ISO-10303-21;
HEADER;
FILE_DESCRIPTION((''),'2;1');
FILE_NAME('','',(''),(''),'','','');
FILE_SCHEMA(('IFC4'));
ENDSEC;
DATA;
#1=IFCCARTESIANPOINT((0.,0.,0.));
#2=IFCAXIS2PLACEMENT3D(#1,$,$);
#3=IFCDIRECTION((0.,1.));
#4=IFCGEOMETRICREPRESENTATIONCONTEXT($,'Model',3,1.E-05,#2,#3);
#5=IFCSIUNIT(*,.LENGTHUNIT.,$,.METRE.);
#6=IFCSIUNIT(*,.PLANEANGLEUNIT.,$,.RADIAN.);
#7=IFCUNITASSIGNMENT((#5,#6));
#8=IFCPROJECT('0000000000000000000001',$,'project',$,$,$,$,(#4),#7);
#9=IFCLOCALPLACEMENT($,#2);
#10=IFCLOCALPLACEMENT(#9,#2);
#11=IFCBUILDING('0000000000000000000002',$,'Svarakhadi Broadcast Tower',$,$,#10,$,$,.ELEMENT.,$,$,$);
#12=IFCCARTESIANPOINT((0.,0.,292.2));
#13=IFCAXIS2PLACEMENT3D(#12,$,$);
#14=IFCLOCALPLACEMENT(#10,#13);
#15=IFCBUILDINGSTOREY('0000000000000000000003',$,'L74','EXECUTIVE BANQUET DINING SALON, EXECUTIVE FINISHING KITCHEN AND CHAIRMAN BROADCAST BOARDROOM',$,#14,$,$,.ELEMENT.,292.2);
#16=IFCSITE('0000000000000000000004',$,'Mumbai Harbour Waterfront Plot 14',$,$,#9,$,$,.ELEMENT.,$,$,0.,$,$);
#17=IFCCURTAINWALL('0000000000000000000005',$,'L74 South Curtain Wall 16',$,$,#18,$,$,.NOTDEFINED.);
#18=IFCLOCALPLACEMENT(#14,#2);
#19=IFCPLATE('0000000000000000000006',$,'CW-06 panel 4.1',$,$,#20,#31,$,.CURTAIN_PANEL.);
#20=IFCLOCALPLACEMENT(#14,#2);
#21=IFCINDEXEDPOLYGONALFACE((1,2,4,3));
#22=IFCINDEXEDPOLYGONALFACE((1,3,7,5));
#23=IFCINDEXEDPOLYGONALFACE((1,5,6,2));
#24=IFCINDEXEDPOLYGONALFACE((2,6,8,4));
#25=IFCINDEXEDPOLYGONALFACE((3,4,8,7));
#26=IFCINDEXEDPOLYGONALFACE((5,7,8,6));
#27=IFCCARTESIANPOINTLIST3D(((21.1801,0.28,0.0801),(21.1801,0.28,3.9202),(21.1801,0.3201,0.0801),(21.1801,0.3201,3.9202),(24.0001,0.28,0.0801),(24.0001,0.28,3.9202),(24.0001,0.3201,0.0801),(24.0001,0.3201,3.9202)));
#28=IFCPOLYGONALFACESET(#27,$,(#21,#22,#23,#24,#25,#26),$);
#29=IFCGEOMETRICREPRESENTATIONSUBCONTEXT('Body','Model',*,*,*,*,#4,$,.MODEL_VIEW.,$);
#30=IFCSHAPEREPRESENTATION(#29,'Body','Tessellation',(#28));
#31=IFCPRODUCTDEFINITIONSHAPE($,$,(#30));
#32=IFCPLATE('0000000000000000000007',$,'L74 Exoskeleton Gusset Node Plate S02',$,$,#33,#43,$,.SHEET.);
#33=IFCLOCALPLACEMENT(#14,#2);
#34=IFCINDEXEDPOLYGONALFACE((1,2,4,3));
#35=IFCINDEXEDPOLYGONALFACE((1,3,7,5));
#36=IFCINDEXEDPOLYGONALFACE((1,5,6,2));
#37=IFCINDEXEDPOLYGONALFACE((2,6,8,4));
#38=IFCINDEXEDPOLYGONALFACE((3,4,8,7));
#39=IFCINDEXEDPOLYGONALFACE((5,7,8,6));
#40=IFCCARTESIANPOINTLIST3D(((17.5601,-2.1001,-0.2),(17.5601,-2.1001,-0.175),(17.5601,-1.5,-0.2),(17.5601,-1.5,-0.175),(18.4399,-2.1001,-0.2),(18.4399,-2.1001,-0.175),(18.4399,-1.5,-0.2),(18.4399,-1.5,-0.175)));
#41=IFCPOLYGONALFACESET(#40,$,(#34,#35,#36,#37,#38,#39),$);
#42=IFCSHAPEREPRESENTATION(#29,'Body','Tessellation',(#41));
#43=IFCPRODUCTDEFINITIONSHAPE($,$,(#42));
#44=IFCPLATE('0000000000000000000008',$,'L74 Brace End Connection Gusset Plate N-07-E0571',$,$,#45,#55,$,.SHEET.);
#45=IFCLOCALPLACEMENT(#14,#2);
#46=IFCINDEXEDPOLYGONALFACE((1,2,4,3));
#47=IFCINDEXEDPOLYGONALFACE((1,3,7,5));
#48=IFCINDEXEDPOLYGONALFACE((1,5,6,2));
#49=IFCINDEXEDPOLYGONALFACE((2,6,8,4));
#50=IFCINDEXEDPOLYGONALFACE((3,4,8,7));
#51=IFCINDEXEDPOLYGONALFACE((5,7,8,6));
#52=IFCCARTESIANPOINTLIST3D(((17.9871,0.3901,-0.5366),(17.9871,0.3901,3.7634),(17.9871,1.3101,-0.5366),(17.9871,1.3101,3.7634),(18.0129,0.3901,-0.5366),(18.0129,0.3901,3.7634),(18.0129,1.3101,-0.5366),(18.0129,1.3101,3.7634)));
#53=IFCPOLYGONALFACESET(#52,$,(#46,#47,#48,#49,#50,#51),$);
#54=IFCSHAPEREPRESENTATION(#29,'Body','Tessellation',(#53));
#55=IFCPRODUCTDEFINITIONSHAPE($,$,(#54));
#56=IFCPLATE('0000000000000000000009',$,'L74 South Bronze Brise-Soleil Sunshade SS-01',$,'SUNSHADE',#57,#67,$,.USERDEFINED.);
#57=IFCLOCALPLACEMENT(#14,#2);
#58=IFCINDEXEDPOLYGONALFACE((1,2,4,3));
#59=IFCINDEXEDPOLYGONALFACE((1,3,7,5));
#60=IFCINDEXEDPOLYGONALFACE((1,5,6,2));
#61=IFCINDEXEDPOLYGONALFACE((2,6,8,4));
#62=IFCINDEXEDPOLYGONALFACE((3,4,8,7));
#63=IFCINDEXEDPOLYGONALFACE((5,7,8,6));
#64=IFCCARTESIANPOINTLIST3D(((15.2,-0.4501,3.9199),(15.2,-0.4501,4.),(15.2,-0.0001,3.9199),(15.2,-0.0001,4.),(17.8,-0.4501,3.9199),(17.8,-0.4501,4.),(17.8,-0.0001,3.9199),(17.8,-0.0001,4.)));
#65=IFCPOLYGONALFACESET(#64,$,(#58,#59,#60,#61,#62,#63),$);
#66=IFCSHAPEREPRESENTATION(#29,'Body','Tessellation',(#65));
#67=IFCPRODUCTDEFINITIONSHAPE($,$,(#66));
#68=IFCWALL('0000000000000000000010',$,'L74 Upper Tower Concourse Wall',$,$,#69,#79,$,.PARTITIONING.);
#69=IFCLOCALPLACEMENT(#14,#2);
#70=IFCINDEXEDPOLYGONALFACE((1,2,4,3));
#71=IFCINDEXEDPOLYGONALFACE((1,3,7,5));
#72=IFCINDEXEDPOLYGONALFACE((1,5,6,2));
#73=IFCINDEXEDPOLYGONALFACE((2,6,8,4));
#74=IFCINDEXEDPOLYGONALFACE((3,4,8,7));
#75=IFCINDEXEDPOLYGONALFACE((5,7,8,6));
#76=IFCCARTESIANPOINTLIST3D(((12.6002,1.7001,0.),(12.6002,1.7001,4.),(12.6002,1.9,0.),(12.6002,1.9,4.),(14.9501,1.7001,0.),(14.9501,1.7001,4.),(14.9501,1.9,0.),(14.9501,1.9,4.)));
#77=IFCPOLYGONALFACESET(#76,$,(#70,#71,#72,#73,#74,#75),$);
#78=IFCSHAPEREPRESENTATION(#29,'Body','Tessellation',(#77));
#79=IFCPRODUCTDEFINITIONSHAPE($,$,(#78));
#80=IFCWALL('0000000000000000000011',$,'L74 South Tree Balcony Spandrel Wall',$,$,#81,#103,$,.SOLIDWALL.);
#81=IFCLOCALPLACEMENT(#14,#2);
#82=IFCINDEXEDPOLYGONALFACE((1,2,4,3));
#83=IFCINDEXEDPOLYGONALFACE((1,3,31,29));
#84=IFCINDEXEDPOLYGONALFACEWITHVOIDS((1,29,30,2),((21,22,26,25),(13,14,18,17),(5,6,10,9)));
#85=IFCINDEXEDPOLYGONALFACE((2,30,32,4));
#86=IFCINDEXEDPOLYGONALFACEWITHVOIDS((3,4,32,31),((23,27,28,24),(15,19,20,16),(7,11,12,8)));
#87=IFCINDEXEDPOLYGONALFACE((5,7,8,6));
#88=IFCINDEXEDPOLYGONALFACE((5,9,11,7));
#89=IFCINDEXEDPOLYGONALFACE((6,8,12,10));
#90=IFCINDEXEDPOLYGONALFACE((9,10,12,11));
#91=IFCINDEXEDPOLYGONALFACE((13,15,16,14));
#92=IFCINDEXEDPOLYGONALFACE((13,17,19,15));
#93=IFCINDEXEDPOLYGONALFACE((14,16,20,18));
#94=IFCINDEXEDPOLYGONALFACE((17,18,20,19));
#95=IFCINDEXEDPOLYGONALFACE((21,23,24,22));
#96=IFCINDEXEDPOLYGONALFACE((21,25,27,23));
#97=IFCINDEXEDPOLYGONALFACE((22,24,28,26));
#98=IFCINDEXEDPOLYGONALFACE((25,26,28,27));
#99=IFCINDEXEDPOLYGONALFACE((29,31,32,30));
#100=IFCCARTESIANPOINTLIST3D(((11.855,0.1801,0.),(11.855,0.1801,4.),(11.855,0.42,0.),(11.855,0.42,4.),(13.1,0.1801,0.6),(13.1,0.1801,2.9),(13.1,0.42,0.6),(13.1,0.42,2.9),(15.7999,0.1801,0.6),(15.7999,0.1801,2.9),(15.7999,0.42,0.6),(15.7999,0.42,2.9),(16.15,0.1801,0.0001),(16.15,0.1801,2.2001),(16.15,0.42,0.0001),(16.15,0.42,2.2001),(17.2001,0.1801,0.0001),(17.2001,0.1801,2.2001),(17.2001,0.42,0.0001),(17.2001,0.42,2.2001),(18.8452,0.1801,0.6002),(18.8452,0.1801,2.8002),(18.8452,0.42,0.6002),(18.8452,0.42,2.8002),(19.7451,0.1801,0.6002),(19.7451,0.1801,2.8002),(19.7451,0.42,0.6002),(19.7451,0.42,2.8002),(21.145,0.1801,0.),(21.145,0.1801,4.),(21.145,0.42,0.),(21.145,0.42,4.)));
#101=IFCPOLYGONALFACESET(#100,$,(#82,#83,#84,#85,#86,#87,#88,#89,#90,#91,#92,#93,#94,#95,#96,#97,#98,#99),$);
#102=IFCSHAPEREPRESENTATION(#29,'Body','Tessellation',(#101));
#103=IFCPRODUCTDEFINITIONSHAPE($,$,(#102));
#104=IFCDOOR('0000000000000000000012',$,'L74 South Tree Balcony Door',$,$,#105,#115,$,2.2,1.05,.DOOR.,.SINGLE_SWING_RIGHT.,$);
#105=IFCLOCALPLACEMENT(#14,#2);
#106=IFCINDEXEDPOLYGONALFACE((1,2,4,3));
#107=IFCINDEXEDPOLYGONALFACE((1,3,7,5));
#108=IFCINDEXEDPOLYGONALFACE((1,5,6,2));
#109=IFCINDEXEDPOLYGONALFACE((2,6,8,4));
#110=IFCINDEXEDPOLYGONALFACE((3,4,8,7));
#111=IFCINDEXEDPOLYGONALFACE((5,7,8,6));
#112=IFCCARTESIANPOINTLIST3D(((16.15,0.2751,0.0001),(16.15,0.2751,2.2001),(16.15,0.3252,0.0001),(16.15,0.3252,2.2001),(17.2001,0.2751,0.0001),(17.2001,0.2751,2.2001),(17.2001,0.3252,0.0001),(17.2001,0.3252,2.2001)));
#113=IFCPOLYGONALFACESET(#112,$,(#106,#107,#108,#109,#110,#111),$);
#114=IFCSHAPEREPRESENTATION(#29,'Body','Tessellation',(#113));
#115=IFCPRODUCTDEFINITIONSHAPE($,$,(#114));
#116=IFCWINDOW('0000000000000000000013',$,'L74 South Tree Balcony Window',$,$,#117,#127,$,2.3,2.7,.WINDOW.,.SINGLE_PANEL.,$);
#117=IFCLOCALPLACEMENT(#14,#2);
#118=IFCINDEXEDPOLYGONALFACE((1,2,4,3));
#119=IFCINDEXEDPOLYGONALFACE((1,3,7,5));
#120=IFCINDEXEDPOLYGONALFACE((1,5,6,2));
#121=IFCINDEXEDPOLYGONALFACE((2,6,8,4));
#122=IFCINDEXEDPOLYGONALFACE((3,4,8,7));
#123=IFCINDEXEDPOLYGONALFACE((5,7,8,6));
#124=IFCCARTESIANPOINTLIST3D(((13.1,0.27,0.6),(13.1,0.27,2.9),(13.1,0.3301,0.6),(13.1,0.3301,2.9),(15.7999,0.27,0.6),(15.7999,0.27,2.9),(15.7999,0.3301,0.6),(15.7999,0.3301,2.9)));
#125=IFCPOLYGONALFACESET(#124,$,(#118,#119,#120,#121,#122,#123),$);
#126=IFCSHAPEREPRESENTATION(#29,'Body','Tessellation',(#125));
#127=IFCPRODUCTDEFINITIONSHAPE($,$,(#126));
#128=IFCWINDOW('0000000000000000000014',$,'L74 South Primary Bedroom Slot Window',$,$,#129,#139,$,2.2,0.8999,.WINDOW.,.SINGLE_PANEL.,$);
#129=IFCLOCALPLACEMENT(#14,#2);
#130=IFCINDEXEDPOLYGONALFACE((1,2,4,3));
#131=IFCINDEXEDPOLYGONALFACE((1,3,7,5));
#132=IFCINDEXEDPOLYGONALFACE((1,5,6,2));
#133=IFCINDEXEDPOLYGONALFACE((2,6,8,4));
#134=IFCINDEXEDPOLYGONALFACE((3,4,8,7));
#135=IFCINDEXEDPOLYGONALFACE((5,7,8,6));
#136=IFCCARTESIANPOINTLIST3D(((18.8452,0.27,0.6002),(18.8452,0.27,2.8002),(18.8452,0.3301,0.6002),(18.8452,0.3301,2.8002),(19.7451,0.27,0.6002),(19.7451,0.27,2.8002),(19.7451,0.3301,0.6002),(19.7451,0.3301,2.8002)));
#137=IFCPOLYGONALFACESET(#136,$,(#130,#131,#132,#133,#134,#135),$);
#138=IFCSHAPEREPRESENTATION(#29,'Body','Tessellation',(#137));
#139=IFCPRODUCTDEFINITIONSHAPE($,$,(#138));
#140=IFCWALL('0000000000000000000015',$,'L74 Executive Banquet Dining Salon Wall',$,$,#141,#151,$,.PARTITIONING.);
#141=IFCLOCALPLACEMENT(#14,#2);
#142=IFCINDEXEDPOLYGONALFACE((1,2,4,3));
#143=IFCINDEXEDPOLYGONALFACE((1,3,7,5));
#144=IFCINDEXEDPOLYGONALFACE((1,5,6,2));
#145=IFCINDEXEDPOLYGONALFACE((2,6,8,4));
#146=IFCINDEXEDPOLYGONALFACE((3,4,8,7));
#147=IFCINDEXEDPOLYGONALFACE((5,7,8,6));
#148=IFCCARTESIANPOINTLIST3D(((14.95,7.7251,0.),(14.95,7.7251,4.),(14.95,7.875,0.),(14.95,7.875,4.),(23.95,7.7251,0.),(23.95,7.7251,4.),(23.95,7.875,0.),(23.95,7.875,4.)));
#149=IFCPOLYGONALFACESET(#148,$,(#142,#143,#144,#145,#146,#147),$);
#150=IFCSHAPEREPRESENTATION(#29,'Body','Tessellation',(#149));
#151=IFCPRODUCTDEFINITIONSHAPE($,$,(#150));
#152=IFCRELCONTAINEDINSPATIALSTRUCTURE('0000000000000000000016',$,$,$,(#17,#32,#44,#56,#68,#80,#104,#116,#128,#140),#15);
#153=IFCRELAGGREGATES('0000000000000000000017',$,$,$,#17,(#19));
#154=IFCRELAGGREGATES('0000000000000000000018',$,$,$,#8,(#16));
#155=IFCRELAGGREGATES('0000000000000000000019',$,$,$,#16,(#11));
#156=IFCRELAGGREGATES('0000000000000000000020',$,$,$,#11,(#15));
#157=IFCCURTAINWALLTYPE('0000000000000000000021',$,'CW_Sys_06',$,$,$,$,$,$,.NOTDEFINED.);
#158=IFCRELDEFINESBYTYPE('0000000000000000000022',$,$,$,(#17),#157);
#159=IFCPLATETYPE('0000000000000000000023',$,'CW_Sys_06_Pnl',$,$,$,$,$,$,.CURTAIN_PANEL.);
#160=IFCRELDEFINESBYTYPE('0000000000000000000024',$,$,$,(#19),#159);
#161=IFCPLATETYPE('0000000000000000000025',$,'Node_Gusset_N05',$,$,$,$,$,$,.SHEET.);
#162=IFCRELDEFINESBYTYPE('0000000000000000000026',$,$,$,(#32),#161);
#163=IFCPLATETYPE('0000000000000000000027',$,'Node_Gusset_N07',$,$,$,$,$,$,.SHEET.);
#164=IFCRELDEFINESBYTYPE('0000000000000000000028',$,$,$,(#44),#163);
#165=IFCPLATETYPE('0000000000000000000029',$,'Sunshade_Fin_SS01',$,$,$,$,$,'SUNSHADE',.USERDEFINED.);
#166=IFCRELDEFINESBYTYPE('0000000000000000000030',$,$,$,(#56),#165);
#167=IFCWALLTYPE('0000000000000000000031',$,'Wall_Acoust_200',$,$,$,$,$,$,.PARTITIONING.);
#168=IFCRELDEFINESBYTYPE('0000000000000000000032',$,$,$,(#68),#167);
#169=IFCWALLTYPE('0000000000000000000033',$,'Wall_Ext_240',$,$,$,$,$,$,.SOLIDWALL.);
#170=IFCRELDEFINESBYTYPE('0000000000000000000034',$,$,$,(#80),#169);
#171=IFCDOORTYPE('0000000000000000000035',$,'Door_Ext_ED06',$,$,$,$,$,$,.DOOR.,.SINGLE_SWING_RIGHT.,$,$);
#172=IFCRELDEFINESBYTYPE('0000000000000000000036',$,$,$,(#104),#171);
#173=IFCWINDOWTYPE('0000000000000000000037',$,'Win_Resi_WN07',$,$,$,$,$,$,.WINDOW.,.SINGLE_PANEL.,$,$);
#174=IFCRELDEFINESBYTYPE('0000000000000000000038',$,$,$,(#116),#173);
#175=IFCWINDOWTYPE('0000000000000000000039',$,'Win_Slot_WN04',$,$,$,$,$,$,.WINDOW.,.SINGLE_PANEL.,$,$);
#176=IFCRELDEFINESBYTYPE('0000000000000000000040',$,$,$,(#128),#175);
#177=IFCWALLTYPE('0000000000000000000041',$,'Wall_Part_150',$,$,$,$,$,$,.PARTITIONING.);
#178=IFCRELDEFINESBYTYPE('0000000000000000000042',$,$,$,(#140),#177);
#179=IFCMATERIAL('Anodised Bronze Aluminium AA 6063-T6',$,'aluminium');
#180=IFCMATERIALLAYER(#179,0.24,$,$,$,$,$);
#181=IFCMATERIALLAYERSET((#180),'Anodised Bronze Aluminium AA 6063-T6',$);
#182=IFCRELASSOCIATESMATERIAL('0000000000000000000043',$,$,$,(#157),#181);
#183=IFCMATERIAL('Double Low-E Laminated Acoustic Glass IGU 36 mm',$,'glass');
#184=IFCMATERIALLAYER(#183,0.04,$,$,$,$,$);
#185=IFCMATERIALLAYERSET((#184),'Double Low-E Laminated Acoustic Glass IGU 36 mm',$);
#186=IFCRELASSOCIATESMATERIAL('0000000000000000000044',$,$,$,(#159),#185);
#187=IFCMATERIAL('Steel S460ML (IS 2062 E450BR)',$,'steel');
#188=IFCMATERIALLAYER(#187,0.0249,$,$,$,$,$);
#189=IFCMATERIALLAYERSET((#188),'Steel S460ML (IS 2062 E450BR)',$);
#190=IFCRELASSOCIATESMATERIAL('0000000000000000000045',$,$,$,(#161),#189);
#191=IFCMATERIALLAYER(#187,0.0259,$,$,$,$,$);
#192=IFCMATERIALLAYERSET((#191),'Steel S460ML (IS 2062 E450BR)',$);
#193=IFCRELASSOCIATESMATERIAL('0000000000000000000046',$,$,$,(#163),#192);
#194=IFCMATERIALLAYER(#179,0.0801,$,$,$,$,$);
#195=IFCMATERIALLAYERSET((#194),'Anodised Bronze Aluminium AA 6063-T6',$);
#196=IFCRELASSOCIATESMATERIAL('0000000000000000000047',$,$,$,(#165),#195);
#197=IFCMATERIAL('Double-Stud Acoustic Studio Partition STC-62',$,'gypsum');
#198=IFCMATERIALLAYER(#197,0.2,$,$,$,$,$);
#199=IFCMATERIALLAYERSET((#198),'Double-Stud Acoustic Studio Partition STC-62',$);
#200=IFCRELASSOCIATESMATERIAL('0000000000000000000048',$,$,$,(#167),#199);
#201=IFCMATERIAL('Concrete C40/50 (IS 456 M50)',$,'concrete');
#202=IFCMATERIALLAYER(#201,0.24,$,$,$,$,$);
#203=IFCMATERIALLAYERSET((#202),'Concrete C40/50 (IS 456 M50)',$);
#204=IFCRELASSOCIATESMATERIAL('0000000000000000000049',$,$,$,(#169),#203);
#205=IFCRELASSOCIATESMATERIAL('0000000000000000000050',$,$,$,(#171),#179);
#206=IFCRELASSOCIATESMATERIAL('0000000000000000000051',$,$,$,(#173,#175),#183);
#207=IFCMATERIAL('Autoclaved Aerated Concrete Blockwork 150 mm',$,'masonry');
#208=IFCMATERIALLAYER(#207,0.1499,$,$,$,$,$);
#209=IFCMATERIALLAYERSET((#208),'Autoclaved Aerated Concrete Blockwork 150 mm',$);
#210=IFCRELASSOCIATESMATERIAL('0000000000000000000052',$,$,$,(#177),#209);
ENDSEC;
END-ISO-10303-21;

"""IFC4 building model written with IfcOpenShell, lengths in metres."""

from ifc_helpers import new_model, si_unit, direction, frame, frame_2d, origin, origin_2d, place, context, subcontext, project, spatial, rectangle, extrude, material, layer, layer_set, type_object, element, fill, aggregate, save


model = new_model("IFC4")

# Units and contexts
model_context = context("Model", 3, precision=1e-05, world=origin(), true_north=direction((0.0, 1.0)))
body_context = subcontext(model_context, "Body", "Model", "MODEL_VIEW")
ifc_project = project(units=[si_unit("LENGTHUNIT", "METRE"), si_unit("PLANEANGLEUNIT", "RADIAN")], contexts=[model_context])

# Site, building, storey
site_placement = place(None, origin())
site = spatial("IfcSite", under=ifc_project, at=site_placement, Name="Mumbai Harbour Waterfront Plot 14", CompositionType="ELEMENT", RefElevation=0.0)
building_placement = place(site_placement, origin())
building = spatial("IfcBuilding", under=site, at=building_placement, Name="Svarakhadi Broadcast Tower", CompositionType="ELEMENT")
storey_placement = place(building_placement, frame((0.0, 0.0, 292.2)))
storey = spatial("IfcBuildingStorey", under=building, at=storey_placement, Name="L74", Description="EXECUTIVE BANQUET DINING SALON, EXECUTIVE FINISHING KITCHEN AND CHAIRMAN BROADCAST BOARDROOM", CompositionType="ELEMENT", Elevation=292.2)

# Shared definitions
ifc_material_1 = material(Name="Steel S460ML (IS 2062 E450BR)", Category="steel")

# Curtain wall
ifc_material_2 = material(Name="Anodised Bronze Aluminium AA 6063-T6", Category="aluminium")
ifc_layer_1 = layer(ifc_material_2, 0.24)
ifc_layer_set_1 = layer_set([ifc_layer_1], Name="Anodised Bronze Aluminium AA 6063-T6")
curtain_wall_type = type_object("IfcCurtainWallType", Name="CW_Sys_06", PredefinedType="NOTDEFINED", material=ifc_layer_set_1)
curtain_wall_placement = place(storey_placement, origin())
curtain_wall = element("IfcCurtainWall", 1, at=curtain_wall_placement, inside=storey, type_object=curtain_wall_type, Name="L74 South Curtain Wall 16", PredefinedType="NOTDEFINED")

# Plate
ifc_material_3 = material(Name="Double Low-E Laminated Acoustic Glass IGU 36 mm", Category="glass")
ifc_layer_2 = layer(ifc_material_3, 0.04)
ifc_layer_set_2 = layer_set([ifc_layer_2], Name="Double Low-E Laminated Acoustic Glass IGU 36 mm")
plate_type_1 = type_object("IfcPlateType", Name="CW_Sys_06_Pnl", PredefinedType="CURTAIN_PANEL", material=ifc_layer_set_2)
plate_1_placement = place(storey_placement, frame((22.5901, 0.3, 0.0801), z_axis=(0.0, 0.0, 1.0), x_axis=(-1.0, 0.0, 0.0)))
plate_1 = element("IfcPlate", 2, at=plate_1_placement, type_object=plate_type_1, Name="CW-06 panel 4.1", PredefinedType="CURTAIN_PANEL", context=body_context, shape_type="SweptSolid", body=[
    extrude(rectangle(XDim=2.8201, YDim=0.04, at=origin_2d()), origin(), (0.0, 0.0, 1.0), 3.8401),
])
aggregate(curtain_wall, [plate_1])

# Plates
ifc_layer_3 = layer(ifc_material_1, 0.0249)
ifc_layer_set_3 = layer_set([ifc_layer_3], Name="Steel S460ML (IS 2062 E450BR)")
plate_type_2 = type_object("IfcPlateType", Name="Node_Gusset_N05", PredefinedType="SHEET", material=ifc_layer_set_3)
plate_2_placement = place(storey_placement, frame((18.0, -1.8, -0.2), z_axis=(0.0, 0.0, 1.0), x_axis=(1.0, 0.0, 0.0)))
element("IfcPlate", 3, at=plate_2_placement, inside=storey, type_object=plate_type_2, Name="L74 Exoskeleton Gusset Node Plate S02", PredefinedType="SHEET", context=body_context, shape_type="SweptSolid", body=[
    extrude(rectangle(XDim=0.8799, YDim=0.6001, at=origin_2d()), origin(), (0.0, 0.0, 1.0), 0.0249),
])
ifc_layer_4 = layer(ifc_material_1, 0.0259)
ifc_layer_set_4 = layer_set([ifc_layer_4], Name="Steel S460ML (IS 2062 E450BR)")
plate_type_3 = type_object("IfcPlateType", Name="Node_Gusset_N07", PredefinedType="SHEET", material=ifc_layer_set_4)
plate_3_placement = place(storey_placement, frame((18.0, 0.8501, -0.5366), z_axis=(0.0, 0.0, 1.0), x_axis=(0.0, 1.0, 0.0)))
element("IfcPlate", 4, at=plate_3_placement, inside=storey, type_object=plate_type_3, Name="L74 Brace End Connection Gusset Plate N-07-E0571", PredefinedType="SHEET", context=body_context, shape_type="SweptSolid", body=[
    extrude(rectangle(XDim=0.9199, YDim=0.0259, at=origin_2d()), origin(), (0.0, 0.0, 1.0), 4.3),
])
ifc_layer_5 = layer(ifc_material_2, 0.0801)
ifc_layer_set_5 = layer_set([ifc_layer_5], Name="Anodised Bronze Aluminium AA 6063-T6")
plate_type_4 = type_object("IfcPlateType", Name="Sunshade_Fin_SS01", ElementType="SUNSHADE", PredefinedType="USERDEFINED", material=ifc_layer_set_5)
plate_4_placement = place(storey_placement, frame((16.5, -0.2251, 3.9199), z_axis=(0.0, 0.0, 1.0), x_axis=(1.0, 0.0, 0.0)))
element("IfcPlate", 5, at=plate_4_placement, inside=storey, type_object=plate_type_4, Name="L74 South Bronze Brise-Soleil Sunshade SS-01", ObjectType="SUNSHADE", PredefinedType="USERDEFINED", context=body_context, shape_type="SweptSolid", body=[
    extrude(rectangle(XDim=2.6001, YDim=0.45, at=origin_2d()), origin(), (0.0, 0.0, 1.0), 0.0801),
])

# Wall
ifc_material_4 = material(Name="Double-Stud Acoustic Studio Partition STC-62", Category="gypsum")
ifc_layer_6 = layer(ifc_material_4, 0.2)
ifc_layer_set_6 = layer_set([ifc_layer_6], Name="Double-Stud Acoustic Studio Partition STC-62")
wall_type_1 = type_object("IfcWallType", Name="Wall_Acoust_200", PredefinedType="PARTITIONING", material=ifc_layer_set_6)
wall_1_placement = place(storey_placement, frame((14.95, 1.8, 0.0), z_axis=(0.0, 0.0, 1.0), x_axis=(-1.0, 0.0, 0.0)))
element("IfcWall", 6, at=wall_1_placement, inside=storey, type_object=wall_type_1, Name="L74 Upper Tower Concourse Wall", PredefinedType="PARTITIONING", context=body_context, shape_type="SweptSolid", body=[
    extrude(rectangle(XDim=2.3499, YDim=0.2, at=frame_2d((1.1748, 0.0))), origin(), (0.0, 0.0, 1.0), 4.0),
])

# Wall, openings, door, windows
ifc_material_5 = material(Name="Concrete C40/50 (IS 456 M50)", Category="concrete")
ifc_layer_7 = layer(ifc_material_5, 0.24)
ifc_layer_set_7 = layer_set([ifc_layer_7], Name="Concrete C40/50 (IS 456 M50)")
wall_type_2 = type_object("IfcWallType", Name="Wall_Ext_240", PredefinedType="SOLIDWALL", material=ifc_layer_set_7)
wall_2_placement = place(storey_placement, frame((21.145, 0.3, 0.0), z_axis=(0.0, 0.0, 1.0), x_axis=(-1.0, 0.0, 0.0)))
wall_2 = element("IfcWall", 7, at=wall_2_placement, inside=storey, type_object=wall_type_2, Name="L74 South Tree Balcony Spandrel Wall", PredefinedType="SOLIDWALL", context=body_context, shape_type="SweptSolid", body=[
    extrude(rectangle(XDim=9.29, YDim=0.24, at=frame_2d((4.645, 0.0))), origin(), (0.0, 0.0, 1.0), 4.0),
])
opening_1_placement = place(wall_2_placement, frame((3.9451, 0.0, 0.0)))
opening_1 = element("IfcOpeningElement", 8, at=opening_1_placement, cuts=wall_2, PredefinedType="OPENING", context=body_context, shape_type="SweptSolid", body=[
    extrude(rectangle(XDim=1.05, YDim=2.2, at=frame_2d((0.5249, 1.1001))), frame((0.0, 0.1299, 0.0), z_axis=(0.0, -1.0, 0.0), x_axis=(1.0, 0.0, 0.0)), (0.0, 0.0, 1.0), 0.26),
])
opening_2_placement = place(wall_2_placement, frame((5.345, 0.0, 0.6001)))
opening_2 = element("IfcOpeningElement", 9, at=opening_2_placement, cuts=wall_2, PredefinedType="OPENING", context=body_context, shape_type="SweptSolid", body=[
    extrude(rectangle(XDim=2.7, YDim=2.3, at=frame_2d((1.3501, 1.1499))), frame((0.0, 0.1299, 0.0), z_axis=(0.0, -1.0, 0.0), x_axis=(1.0, 0.0, 0.0)), (0.0, 0.0, 1.0), 0.26),
])
opening_3_placement = place(wall_2_placement, frame((1.3999, 0.0, 0.6001)))
opening_3 = element("IfcOpeningElement", 10, at=opening_3_placement, cuts=wall_2, PredefinedType="OPENING", context=body_context, shape_type="SweptSolid", body=[
    extrude(rectangle(XDim=0.8999, YDim=2.2, at=frame_2d((0.45, 1.1001))), frame((0.0, 0.1299, 0.0), z_axis=(0.0, -1.0, 0.0), x_axis=(1.0, 0.0, 0.0)), (0.0, 0.0, 1.0), 0.26),
])
door_type = type_object("IfcDoorType", Name="Door_Ext_ED06", OperationType="SINGLE_SWING_RIGHT", PredefinedType="DOOR", material=ifc_material_2)
door_placement = place(opening_1_placement, origin())
door = element("IfcDoor", 11, at=door_placement, inside=storey, type_object=door_type, Name="L74 South Tree Balcony Door", OperationType="SINGLE_SWING_RIGHT", OverallHeight=2.2, OverallWidth=1.05, PredefinedType="DOOR", context=body_context, shape_type="SweptSolid", body=[
    extrude(rectangle(XDim=1.05, YDim=2.2, at=frame_2d((0.5249, 1.1001))), frame((0.0, 0.0249, 0.0), z_axis=(0.0, -1.0, 0.0), x_axis=(1.0, 0.0, 0.0)), (0.0, 0.0, 1.0), 0.05),
])
fill(opening_1, door)
window_type_1 = type_object("IfcWindowType", Name="Win_Resi_WN07", PartitioningType="SINGLE_PANEL", PredefinedType="WINDOW", material=ifc_material_3)
window_1_placement = place(opening_2_placement, origin())
window_1 = element("IfcWindow", 12, at=window_1_placement, inside=storey, type_object=window_type_1, Name="L74 South Tree Balcony Window", OverallHeight=2.3, OverallWidth=2.7, PartitioningType="SINGLE_PANEL", PredefinedType="WINDOW", context=body_context, shape_type="SweptSolid", body=[
    extrude(rectangle(XDim=2.7, YDim=2.3, at=frame_2d((1.3501, 1.1499))), frame((0.0, 0.03, 0.0), z_axis=(0.0, -1.0, 0.0), x_axis=(1.0, 0.0, 0.0)), (0.0, 0.0, 1.0), 0.0601),
])
fill(opening_2, window_1)
window_type_2 = type_object("IfcWindowType", Name="Win_Slot_WN04", PartitioningType="SINGLE_PANEL", PredefinedType="WINDOW", material=ifc_material_3)
window_2_placement = place(opening_3_placement, origin())
window_2 = element("IfcWindow", 13, at=window_2_placement, inside=storey, type_object=window_type_2, Name="L74 South Primary Bedroom Slot Window", OverallHeight=2.2, OverallWidth=0.8999, PartitioningType="SINGLE_PANEL", PredefinedType="WINDOW", context=body_context, shape_type="SweptSolid", body=[
    extrude(rectangle(XDim=0.8999, YDim=2.2, at=frame_2d((0.45, 1.1001))), frame((0.0, 0.03, 0.0), z_axis=(0.0, -1.0, 0.0), x_axis=(1.0, 0.0, 0.0)), (0.0, 0.0, 1.0), 0.0601),
])
fill(opening_3, window_2)

# Wall
ifc_material_6 = material(Name="Autoclaved Aerated Concrete Blockwork 150 mm", Category="masonry")
ifc_layer_8 = layer(ifc_material_6, 0.1499)
ifc_layer_set_8 = layer_set([ifc_layer_8], Name="Autoclaved Aerated Concrete Blockwork 150 mm")
wall_type_3 = type_object("IfcWallType", Name="Wall_Part_150", PredefinedType="PARTITIONING", material=ifc_layer_set_8)
wall_3_placement = place(storey_placement, frame((14.95, 7.8, 0.0), z_axis=(0.0, 0.0, 1.0), x_axis=(1.0, 0.0, 0.0)))
element("IfcWall", 14, at=wall_3_placement, inside=storey, type_object=wall_type_3, Name="L74 Executive Banquet Dining Salon Wall", PredefinedType="PARTITIONING", context=body_context, shape_type="SweptSolid", body=[
    extrude(rectangle(XDim=9.0, YDim=0.1499, at=frame_2d((4.5, 0.0))), origin(), (0.0, 0.0, 1.0), 4.0),
])

save(model, "model.ifc")
